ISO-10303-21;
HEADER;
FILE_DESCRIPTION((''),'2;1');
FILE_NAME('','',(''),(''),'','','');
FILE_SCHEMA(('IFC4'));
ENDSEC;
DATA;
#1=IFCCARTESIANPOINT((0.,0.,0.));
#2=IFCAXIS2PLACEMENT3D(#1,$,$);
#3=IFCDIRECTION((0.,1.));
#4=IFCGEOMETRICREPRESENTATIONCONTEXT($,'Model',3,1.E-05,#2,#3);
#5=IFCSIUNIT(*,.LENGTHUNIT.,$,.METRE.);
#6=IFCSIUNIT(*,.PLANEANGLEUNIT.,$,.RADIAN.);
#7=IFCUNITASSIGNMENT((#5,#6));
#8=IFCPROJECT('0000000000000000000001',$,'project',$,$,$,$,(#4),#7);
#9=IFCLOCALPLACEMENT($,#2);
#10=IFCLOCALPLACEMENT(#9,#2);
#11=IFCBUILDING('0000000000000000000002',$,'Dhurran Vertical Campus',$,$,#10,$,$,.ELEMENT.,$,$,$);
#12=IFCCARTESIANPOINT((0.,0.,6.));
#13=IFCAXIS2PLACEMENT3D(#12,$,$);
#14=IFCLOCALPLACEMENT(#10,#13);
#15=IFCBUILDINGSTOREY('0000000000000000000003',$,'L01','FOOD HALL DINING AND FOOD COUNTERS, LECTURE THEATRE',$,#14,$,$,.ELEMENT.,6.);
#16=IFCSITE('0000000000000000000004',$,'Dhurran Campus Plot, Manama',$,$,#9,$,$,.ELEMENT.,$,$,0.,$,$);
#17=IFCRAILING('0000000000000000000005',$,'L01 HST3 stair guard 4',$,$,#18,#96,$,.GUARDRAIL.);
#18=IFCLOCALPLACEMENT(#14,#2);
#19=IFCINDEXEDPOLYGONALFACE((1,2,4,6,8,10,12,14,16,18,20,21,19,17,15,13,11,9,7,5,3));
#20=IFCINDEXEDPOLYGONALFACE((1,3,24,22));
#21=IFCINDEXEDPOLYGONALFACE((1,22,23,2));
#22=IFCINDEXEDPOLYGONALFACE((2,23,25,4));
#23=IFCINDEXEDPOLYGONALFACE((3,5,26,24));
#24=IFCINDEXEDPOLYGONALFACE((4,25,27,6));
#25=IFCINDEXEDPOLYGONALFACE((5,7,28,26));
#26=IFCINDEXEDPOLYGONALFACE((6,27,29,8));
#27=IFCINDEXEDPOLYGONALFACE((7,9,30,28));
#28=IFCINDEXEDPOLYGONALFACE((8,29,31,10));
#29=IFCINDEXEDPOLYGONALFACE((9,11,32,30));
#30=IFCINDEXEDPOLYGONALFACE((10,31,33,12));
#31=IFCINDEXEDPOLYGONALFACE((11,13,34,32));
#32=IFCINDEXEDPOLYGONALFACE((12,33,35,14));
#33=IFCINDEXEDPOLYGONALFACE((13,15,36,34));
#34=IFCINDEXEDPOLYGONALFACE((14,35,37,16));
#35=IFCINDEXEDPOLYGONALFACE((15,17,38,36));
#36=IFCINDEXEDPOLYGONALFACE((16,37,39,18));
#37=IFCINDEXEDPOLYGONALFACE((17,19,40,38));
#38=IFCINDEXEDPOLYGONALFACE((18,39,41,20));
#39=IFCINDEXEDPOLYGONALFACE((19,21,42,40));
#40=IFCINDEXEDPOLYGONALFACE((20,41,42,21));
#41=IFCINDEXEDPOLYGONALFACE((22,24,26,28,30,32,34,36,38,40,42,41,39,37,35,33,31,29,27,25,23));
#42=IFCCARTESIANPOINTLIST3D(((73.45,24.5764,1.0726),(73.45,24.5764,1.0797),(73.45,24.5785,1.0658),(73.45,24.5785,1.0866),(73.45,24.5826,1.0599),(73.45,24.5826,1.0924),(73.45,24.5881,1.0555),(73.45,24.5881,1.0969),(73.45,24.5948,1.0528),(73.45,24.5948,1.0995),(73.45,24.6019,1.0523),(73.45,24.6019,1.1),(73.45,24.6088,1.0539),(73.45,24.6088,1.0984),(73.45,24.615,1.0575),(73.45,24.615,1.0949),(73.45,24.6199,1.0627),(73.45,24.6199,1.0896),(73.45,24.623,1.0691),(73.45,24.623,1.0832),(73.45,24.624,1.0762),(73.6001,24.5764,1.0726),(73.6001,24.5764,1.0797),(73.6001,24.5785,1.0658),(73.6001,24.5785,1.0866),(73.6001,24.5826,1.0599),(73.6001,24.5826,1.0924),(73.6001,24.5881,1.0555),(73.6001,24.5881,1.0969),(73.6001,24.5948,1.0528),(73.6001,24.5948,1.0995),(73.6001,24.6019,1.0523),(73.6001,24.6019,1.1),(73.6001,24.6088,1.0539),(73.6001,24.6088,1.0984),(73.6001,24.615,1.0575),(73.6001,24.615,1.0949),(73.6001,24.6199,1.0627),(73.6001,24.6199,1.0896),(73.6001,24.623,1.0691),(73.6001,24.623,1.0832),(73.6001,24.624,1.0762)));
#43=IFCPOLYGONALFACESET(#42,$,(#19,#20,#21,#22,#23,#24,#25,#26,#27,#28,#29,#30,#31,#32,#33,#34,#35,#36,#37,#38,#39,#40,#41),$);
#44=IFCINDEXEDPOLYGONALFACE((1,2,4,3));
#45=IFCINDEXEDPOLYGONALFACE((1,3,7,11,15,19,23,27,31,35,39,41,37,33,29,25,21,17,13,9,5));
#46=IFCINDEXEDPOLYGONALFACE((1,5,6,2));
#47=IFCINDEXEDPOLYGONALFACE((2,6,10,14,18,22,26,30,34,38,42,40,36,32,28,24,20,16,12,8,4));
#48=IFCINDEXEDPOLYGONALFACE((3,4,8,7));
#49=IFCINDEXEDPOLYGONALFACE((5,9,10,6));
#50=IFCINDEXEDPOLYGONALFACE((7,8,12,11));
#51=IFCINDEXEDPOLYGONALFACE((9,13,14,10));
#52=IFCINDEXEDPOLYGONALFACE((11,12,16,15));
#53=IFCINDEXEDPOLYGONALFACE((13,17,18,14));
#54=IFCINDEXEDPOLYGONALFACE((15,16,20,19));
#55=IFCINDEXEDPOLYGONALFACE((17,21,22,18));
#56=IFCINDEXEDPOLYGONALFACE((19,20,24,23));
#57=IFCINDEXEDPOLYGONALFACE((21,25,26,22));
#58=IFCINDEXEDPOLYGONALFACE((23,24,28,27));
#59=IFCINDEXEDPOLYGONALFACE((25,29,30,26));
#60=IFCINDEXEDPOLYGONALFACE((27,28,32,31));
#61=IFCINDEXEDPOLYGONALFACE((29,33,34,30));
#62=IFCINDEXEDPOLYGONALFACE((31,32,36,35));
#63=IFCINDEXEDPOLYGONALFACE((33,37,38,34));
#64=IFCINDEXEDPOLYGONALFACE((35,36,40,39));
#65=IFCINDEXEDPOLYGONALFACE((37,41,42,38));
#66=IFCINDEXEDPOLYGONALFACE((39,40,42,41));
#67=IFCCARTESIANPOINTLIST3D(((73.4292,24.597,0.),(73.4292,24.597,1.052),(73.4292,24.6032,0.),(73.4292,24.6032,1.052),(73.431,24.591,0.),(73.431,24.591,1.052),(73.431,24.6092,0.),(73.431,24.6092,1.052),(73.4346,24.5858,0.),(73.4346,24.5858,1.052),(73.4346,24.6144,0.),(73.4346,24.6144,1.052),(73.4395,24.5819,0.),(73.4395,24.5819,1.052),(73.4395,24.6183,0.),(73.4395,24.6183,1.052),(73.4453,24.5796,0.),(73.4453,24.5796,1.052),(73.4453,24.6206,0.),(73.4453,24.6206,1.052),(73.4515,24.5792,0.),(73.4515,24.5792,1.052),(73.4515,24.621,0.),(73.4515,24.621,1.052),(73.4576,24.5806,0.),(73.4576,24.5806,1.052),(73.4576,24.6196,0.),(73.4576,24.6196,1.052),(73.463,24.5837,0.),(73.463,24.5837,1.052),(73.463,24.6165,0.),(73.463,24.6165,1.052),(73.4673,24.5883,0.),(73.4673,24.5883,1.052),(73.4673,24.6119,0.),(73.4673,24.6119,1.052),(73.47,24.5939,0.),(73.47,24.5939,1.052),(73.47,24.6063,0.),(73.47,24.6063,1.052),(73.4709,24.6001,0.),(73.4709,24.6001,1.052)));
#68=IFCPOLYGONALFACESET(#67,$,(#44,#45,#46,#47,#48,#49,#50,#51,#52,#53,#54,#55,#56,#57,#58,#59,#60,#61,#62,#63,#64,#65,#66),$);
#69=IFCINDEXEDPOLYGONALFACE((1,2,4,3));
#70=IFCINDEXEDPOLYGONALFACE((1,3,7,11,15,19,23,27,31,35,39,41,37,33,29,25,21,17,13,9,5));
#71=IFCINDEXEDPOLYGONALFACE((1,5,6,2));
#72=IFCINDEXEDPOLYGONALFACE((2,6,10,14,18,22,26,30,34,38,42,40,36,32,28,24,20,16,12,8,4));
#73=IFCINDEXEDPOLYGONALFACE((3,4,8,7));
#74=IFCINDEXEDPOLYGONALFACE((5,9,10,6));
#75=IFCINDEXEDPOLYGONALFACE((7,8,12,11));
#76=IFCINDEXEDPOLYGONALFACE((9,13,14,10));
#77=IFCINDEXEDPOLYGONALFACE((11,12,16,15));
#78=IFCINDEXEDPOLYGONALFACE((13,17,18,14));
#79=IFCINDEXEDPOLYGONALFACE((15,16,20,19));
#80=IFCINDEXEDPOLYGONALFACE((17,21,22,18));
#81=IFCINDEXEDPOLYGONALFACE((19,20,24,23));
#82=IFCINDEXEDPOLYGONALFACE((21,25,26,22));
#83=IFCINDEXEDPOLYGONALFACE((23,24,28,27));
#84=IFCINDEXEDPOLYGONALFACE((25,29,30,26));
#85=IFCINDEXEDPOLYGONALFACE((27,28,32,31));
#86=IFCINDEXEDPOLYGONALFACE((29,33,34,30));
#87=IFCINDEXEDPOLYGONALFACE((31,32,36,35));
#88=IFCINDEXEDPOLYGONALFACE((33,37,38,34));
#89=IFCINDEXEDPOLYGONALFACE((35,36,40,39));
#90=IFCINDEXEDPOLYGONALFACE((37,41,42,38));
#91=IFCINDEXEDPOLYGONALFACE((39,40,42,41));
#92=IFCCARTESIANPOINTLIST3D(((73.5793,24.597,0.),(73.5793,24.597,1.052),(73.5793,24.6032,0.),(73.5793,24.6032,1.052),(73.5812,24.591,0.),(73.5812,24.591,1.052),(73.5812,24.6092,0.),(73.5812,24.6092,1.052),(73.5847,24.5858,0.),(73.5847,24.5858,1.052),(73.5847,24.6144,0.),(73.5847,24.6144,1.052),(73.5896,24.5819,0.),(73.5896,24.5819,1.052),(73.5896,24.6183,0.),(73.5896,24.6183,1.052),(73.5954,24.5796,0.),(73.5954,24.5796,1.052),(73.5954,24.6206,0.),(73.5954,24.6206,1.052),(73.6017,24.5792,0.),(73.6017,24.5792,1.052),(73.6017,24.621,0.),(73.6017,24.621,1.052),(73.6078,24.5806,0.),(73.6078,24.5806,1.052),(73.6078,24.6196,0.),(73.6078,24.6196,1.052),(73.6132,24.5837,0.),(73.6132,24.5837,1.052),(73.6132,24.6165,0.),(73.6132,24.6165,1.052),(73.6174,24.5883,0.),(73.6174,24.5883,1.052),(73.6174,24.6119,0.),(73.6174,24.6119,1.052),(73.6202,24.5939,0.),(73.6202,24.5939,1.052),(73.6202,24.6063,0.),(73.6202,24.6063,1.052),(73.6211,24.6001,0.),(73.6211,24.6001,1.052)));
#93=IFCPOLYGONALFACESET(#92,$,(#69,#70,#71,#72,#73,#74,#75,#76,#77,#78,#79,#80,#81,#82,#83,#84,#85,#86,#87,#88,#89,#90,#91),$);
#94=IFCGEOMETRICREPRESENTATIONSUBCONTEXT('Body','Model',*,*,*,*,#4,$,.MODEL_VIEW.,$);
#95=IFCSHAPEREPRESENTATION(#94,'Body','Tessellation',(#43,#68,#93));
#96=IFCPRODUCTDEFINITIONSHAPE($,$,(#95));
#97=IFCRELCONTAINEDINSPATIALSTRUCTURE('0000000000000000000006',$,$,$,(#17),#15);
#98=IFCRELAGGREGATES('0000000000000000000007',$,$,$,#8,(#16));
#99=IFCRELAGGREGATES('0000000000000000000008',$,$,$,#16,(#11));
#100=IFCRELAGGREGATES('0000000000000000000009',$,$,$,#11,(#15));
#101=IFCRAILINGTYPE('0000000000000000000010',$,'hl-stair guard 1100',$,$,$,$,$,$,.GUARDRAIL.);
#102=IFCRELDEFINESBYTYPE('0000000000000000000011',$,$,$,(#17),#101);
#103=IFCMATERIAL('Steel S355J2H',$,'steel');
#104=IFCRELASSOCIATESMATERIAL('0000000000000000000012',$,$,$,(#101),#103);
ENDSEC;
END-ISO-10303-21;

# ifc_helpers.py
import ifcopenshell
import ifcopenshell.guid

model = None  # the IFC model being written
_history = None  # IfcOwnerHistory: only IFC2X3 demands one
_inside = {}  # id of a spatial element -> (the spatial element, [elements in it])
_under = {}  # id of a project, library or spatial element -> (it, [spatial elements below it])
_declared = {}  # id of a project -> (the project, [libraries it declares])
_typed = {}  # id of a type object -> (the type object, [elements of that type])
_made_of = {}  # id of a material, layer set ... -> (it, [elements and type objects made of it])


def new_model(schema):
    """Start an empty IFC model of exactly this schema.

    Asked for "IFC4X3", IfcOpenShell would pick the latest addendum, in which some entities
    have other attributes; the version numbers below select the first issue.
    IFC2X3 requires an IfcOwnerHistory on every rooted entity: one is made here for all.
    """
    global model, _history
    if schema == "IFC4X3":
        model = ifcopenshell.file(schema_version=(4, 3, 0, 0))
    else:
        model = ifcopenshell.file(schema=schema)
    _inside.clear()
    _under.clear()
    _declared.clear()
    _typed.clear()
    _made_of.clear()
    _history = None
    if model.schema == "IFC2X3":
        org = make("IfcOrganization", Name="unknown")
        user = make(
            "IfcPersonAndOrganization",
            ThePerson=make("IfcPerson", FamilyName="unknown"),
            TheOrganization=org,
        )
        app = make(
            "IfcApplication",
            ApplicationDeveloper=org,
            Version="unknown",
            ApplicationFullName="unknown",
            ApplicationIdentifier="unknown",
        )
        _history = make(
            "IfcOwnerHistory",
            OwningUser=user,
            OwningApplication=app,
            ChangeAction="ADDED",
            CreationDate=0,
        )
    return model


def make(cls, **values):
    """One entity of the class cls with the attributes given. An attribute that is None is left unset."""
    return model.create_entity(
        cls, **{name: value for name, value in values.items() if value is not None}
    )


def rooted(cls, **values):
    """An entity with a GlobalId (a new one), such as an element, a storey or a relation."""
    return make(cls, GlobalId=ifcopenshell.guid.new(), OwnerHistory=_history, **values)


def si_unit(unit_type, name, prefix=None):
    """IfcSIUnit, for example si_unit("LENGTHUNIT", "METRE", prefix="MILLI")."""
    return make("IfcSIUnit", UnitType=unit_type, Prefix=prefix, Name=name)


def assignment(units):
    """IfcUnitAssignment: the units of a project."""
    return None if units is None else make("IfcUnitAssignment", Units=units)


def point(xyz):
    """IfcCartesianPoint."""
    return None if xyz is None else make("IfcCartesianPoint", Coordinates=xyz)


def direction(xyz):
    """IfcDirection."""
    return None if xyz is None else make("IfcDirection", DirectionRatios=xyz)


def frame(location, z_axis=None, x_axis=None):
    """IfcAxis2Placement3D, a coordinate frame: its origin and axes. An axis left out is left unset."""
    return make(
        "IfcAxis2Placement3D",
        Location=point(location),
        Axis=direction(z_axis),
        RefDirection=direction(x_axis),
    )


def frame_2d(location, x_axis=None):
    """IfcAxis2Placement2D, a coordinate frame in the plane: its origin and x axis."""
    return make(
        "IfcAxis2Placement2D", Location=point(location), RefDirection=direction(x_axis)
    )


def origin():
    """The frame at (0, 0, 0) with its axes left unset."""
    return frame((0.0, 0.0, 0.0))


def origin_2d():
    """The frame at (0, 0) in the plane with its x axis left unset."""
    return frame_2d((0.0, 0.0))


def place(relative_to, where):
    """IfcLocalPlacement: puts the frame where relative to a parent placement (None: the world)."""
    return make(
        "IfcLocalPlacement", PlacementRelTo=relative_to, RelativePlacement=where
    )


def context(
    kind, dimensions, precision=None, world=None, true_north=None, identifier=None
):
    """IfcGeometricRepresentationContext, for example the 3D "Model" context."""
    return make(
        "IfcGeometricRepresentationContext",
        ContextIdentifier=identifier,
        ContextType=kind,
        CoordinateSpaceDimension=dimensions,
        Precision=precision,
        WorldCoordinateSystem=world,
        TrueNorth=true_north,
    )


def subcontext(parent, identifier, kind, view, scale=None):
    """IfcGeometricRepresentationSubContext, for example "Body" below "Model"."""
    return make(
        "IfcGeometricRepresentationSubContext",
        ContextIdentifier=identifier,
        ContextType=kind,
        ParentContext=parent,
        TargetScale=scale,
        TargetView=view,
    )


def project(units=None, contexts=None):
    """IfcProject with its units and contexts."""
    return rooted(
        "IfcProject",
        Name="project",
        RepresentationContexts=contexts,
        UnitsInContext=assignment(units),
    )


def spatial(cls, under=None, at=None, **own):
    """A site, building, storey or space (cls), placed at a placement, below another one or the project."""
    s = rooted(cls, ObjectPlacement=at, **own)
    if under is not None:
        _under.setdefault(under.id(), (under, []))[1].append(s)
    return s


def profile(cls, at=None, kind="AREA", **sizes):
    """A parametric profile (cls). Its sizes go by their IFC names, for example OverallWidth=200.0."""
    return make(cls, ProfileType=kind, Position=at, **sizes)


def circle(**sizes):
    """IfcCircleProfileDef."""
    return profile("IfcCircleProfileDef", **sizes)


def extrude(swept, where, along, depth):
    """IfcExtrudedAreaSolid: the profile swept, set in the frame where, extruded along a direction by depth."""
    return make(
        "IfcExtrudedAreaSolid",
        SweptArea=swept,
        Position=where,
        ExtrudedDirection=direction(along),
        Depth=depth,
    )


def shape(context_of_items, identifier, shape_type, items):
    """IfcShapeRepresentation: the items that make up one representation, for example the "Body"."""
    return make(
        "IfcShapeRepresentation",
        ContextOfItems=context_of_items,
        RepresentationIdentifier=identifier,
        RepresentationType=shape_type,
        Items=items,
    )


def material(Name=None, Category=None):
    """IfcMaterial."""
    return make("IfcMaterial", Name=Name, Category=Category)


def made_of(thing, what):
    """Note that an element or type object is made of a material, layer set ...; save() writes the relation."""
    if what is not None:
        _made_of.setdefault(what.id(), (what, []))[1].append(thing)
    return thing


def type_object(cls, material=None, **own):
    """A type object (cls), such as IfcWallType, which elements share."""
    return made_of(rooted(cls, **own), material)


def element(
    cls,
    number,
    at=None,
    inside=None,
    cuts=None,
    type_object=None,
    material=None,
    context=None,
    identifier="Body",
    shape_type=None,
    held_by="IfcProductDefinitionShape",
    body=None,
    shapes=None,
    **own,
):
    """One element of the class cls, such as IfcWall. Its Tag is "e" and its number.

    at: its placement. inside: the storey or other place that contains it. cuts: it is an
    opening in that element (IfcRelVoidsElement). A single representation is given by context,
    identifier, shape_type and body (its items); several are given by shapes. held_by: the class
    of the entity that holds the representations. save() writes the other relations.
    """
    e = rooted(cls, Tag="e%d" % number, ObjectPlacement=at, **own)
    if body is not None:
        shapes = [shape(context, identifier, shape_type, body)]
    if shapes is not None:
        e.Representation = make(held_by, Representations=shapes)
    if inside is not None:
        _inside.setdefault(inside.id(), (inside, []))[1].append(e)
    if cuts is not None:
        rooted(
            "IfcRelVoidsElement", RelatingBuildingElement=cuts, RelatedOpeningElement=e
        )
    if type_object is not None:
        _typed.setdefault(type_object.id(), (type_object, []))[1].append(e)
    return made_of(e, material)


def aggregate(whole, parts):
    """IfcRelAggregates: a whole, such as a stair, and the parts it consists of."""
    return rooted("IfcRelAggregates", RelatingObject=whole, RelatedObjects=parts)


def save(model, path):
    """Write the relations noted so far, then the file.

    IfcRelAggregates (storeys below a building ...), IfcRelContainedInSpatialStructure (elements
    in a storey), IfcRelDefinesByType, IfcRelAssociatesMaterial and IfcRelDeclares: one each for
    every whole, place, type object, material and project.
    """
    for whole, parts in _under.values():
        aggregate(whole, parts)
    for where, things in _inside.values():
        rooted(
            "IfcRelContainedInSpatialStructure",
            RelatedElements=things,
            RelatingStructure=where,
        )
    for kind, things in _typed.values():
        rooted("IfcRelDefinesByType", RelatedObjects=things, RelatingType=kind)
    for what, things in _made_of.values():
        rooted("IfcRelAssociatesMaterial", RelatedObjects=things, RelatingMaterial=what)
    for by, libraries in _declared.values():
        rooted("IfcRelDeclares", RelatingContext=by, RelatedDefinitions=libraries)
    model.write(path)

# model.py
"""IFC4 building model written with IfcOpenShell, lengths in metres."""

from ifc_helpers import new_model, si_unit, direction, frame, origin, origin_2d, place, context, subcontext, project, spatial, circle, extrude, material, type_object, element, save


model = new_model("IFC4")

# Units and contexts
model_context = context("Model", 3, precision=1e-05, world=origin(), true_north=direction((0.0, 1.0)))
body_context = subcontext(model_context, "Body", "Model", "MODEL_VIEW")
ifc_project = project(units=[si_unit("LENGTHUNIT", "METRE"), si_unit("PLANEANGLEUNIT", "RADIAN")], contexts=[model_context])

# Site, building, storey
site_placement = place(None, origin())
site = spatial("IfcSite", under=ifc_project, at=site_placement, Name="Dhurran Campus Plot, Manama", CompositionType="ELEMENT", RefElevation=0.0)
building_placement = place(site_placement, origin())
building = spatial("IfcBuilding", under=site, at=building_placement, Name="Dhurran Vertical Campus", CompositionType="ELEMENT")
storey_placement = place(building_placement, frame((0.0, 0.0, 6.0)))
storey = spatial("IfcBuildingStorey", under=building, at=storey_placement, Name="L01", Description="FOOD HALL DINING AND FOOD COUNTERS, LECTURE THEATRE", CompositionType="ELEMENT", Elevation=6.0)

# Railing
ifc_material_1 = material(Name="Steel S355J2H", Category="steel")
railing_type_1 = type_object("IfcRailingType", Name="hl-stair guard 1100", PredefinedType="GUARDRAIL", material=ifc_material_1)
railing_1_placement = place(storey_placement, frame((73.45, 24.6001, 0.0)))
element("IfcRailing", 1, at=railing_1_placement, inside=storey, type_object=railing_type_1, Name="L01 HST3 stair guard 4", PredefinedType="GUARDRAIL", context=body_context, shape_type="SweptSolid", body=[
    extrude(circle(Radius=0.0239, at=origin_2d()), frame((0.0, 0.0, 1.0762), z_axis=(1.0, 0.0, 0.0), x_axis=(0.0, 1.0, 0.0)), (0.0, 0.0, 1.0), 0.1501),
    extrude(circle(Radius=0.021, at=origin_2d()), origin(), (0.0, 0.0, 1.0), 1.052),
    extrude(circle(Radius=0.021, at=origin_2d()), frame((0.1501, 0.0, 0.0)), (0.0, 0.0, 1.0), 1.052),
])

save(model, "model.ifc")
